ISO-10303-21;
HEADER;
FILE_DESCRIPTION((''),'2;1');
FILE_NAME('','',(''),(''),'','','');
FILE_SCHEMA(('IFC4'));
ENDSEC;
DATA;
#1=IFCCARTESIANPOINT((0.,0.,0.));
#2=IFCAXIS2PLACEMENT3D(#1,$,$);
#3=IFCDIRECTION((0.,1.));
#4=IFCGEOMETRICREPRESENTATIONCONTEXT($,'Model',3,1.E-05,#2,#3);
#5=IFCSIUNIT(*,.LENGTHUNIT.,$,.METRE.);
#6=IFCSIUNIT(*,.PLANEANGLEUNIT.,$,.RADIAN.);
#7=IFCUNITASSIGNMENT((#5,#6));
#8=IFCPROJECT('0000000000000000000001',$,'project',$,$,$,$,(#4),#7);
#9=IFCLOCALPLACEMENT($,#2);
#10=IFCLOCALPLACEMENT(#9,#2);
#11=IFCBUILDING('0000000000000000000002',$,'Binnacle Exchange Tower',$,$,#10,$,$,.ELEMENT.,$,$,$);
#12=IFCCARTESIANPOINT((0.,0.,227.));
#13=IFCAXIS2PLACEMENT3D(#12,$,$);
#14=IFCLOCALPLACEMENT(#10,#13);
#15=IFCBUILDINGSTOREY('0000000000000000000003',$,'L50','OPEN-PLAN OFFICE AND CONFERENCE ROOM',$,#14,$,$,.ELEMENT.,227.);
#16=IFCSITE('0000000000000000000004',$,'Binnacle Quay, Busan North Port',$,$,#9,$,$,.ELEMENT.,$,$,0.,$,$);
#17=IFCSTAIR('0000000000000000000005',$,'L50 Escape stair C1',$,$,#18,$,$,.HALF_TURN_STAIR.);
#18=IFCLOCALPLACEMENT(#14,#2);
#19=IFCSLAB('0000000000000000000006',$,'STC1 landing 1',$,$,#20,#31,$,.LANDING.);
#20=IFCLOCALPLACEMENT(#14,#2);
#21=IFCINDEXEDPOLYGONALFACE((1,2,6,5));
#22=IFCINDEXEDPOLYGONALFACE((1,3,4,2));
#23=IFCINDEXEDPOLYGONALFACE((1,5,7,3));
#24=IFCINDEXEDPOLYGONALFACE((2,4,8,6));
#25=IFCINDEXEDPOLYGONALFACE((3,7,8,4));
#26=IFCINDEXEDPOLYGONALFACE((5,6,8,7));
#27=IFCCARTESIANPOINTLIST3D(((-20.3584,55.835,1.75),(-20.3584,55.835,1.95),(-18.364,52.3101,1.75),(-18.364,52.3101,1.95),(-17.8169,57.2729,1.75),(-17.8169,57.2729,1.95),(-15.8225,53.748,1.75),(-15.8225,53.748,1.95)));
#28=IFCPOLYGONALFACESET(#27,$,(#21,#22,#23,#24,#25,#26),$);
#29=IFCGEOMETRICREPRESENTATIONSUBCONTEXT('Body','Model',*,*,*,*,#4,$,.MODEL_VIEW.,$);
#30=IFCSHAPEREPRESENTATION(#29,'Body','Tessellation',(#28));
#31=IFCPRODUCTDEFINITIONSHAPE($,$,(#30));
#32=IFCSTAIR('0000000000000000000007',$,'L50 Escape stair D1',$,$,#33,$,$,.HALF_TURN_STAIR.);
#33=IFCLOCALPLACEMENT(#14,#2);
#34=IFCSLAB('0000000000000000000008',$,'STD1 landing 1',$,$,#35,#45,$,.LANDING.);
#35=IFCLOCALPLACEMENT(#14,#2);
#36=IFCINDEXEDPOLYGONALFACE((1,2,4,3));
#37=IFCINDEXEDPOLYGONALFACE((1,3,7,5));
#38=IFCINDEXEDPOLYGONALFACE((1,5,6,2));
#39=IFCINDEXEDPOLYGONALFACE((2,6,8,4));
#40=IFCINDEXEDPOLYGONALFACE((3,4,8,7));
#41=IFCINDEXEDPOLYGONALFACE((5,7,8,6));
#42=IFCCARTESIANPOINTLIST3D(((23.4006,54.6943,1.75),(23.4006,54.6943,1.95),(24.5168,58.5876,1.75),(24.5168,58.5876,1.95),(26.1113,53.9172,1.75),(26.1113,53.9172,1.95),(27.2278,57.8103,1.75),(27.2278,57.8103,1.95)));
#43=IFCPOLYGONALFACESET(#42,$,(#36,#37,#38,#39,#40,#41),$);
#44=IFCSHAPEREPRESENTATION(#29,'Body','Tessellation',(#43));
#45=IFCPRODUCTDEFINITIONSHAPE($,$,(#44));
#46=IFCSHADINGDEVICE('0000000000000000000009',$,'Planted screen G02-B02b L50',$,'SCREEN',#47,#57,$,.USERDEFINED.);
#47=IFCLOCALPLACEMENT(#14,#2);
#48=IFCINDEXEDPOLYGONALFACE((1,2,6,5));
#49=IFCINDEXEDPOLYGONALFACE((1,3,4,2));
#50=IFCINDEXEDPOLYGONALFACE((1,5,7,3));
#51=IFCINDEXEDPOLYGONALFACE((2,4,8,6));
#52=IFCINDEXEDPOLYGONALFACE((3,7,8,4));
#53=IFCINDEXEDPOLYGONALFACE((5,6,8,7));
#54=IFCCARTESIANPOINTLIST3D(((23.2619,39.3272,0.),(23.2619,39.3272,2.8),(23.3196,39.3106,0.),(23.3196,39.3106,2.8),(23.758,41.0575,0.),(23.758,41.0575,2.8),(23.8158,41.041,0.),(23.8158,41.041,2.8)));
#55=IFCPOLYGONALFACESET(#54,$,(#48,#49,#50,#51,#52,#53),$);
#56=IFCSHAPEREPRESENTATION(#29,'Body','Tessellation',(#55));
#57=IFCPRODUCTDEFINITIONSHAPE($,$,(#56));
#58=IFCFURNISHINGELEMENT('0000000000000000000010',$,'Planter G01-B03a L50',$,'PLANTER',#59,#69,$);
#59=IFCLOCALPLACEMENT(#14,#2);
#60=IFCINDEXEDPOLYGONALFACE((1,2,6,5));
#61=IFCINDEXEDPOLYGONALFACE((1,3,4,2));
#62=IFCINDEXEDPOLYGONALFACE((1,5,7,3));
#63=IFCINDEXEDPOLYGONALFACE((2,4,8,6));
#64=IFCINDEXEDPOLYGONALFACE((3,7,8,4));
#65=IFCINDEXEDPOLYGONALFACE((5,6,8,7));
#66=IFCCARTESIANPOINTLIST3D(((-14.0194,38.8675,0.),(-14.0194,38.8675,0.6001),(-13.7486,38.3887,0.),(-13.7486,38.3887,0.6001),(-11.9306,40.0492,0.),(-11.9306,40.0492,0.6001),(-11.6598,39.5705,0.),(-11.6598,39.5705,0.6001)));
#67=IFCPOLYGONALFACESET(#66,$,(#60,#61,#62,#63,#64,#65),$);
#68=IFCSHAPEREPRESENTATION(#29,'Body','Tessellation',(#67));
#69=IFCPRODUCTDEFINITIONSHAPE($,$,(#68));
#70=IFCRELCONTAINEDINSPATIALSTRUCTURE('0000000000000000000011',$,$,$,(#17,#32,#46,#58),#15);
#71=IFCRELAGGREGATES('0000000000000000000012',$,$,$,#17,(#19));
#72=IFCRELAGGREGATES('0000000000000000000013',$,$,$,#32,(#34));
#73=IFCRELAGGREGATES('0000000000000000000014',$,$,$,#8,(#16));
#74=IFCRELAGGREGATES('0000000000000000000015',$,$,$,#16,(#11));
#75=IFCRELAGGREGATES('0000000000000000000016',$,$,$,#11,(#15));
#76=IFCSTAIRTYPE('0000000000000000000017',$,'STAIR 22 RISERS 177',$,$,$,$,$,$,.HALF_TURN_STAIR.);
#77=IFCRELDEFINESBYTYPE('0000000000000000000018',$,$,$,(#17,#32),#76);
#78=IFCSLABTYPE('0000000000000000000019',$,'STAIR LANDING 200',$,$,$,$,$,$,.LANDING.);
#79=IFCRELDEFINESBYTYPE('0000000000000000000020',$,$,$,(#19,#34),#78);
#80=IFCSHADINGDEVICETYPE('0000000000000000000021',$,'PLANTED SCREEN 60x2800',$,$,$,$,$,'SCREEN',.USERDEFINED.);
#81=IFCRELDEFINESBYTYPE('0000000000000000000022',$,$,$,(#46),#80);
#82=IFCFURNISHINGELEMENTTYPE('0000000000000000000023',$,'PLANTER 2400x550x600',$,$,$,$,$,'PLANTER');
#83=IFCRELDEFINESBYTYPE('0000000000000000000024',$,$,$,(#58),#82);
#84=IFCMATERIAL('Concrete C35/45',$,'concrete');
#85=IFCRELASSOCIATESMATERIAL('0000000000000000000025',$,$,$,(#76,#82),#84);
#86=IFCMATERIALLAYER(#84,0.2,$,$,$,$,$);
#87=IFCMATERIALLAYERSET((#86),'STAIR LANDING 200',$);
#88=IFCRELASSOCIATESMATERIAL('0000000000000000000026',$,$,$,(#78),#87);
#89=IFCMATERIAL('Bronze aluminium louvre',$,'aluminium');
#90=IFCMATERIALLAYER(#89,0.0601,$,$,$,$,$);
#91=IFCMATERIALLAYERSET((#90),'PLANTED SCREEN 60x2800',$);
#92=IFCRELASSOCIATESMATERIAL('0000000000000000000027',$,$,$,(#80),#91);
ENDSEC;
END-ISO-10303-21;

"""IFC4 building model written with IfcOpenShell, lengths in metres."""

from ifc_helpers import new_model, si_unit, direction, frame, origin, origin_2d, place, context, subcontext, project, spatial, polyline, rectangle, outline, extrude, material, layer, layer_set, type_object, element, aggregate, save


model = new_model("IFC4")

# Units and contexts
model_context = context("Model", 3, precision=1e-05, world=origin(), true_north=direction((0.0, 1.0)))
body_context = subcontext(model_context, "Body", "Model", "MODEL_VIEW")
ifc_project = project(units=[si_unit("LENGTHUNIT", "METRE"), si_unit("PLANEANGLEUNIT", "RADIAN")], contexts=[model_context])

# Site, building, storey
site_placement = place(None, origin())
site = spatial("IfcSite", under=ifc_project, at=site_placement, Name="Binnacle Quay, Busan North Port", CompositionType="ELEMENT", RefElevation=0.0)
building_placement = place(site_placement, origin())
building = spatial("IfcBuilding", under=site, at=building_placement, Name="Binnacle Exchange Tower", CompositionType="ELEMENT")
storey_placement = place(building_placement, frame((0.0, 0.0, 227.0)))
storey = spatial("IfcBuildingStorey", under=building, at=storey_placement, Name="L50", Description="OPEN-PLAN OFFICE AND CONFERENCE ROOM", CompositionType="ELEMENT", Elevation=227.0)

# Shared definitions
ifc_material_1 = material(Name="Concrete C35/45", Category="concrete")

# Stairs, slabs
stair_type = type_object("IfcStairType", Name="STAIR 22 RISERS 177", PredefinedType="HALF_TURN_STAIR", material=ifc_material_1)
ifc_layer_1 = layer(ifc_material_1, 0.2)
ifc_layer_set_1 = layer_set([ifc_layer_1], Name="STAIR LANDING 200")
slab_type_1 = type_object("IfcSlabType", Name="STAIR LANDING 200", PredefinedType="LANDING", material=ifc_layer_set_1)
stair_1_placement = place(storey_placement, origin())
stair_1 = element("IfcStair", 1, at=stair_1_placement, inside=storey, type_object=stair_type, Name="L50 Escape stair C1", PredefinedType="HALF_TURN_STAIR")
slab_1_placement = place(storey_placement, frame((0.0, 0.0, 1.75)))
slab_1 = element("IfcSlab", 2, at=slab_1_placement, type_object=slab_type_1, Name="STC1 landing 1", PredefinedType="LANDING", context=body_context, shape_type="SweptSolid", body=[
    extrude(outline(polyline([(-18.364, 52.3101), (-15.8225, 53.748), (-17.8169, 57.2729), (-20.3584, 55.835), (-18.364, 52.3101)])), origin(), (0.0, 0.0, 1.0), 0.2),
])
aggregate(stair_1, [slab_1])
stair_2_placement = place(storey_placement, origin())
stair_2 = element("IfcStair", 3, at=stair_2_placement, inside=storey, type_object=stair_type, Name="L50 Escape stair D1", PredefinedType="HALF_TURN_STAIR")
slab_2_placement = place(storey_placement, frame((0.0, 0.0, 1.75)))
slab_2 = element("IfcSlab", 4, at=slab_2_placement, type_object=slab_type_1, Name="STD1 landing 1", PredefinedType="LANDING", context=body_context, shape_type="SweptSolid", body=[
    extrude(outline(polyline([(23.4006, 54.6943), (26.1113, 53.9172), (27.2278, 57.8103), (24.5168, 58.5876), (23.4006, 54.6943)])), origin(), (0.0, 0.0, 1.0), 0.2),
])
aggregate(stair_2, [slab_2])

# Shading device
ifc_material_2 = material(Name="Bronze aluminium louvre", Category="aluminium")
ifc_layer_2 = layer(ifc_material_2, 0.0601)
ifc_layer_set_2 = layer_set([ifc_layer_2], Name="PLANTED SCREEN 60x2800")
shading_device_type = type_object("IfcShadingDeviceType", Name="PLANTED SCREEN 60x2800", ElementType="SCREEN", PredefinedType="USERDEFINED", material=ifc_layer_set_2)
shading_device_placement = place(storey_placement, frame((23.5388, 40.1841, 0.0), z_axis=(0.0, 0.0, 1.0), x_axis=(0.961262, -0.275637, 0.0)))
element("IfcShadingDevice", 5, at=shading_device_placement, inside=storey, type_object=shading_device_type, Name="Planted screen G02-B02b L50", ObjectType="SCREEN", PredefinedType="USERDEFINED", context=body_context, shape_type="SweptSolid", body=[
    extrude(rectangle(XDim=0.0601, YDim=1.8, at=origin_2d()), origin(), (0.0, 0.0, 1.0), 2.8),
])

# Furnishing element
furnishing_element_type = type_object("IfcFurnishingElementType", Name="PLANTER 2400x550x600", ElementType="PLANTER", material=ifc_material_1)
furnishing_placement = place(storey_placement, frame((-12.8396, 39.219, 0.0), z_axis=(0.0, 0.0, 1.0), x_axis=(0.870356, 0.492424, 0.0)))
element("IfcFurnishingElement", 6, at=furnishing_placement, inside=storey, type_object=furnishing_element_type, Name="Planter G01-B03a L50", ObjectType="PLANTER", context=body_context, shape_type="SweptSolid", body=[
    extrude(rectangle(XDim=2.3999, YDim=0.55, at=origin_2d()), origin(), (0.0, 0.0, 1.0), 0.6001),
])

save(model, "model.ifc")
